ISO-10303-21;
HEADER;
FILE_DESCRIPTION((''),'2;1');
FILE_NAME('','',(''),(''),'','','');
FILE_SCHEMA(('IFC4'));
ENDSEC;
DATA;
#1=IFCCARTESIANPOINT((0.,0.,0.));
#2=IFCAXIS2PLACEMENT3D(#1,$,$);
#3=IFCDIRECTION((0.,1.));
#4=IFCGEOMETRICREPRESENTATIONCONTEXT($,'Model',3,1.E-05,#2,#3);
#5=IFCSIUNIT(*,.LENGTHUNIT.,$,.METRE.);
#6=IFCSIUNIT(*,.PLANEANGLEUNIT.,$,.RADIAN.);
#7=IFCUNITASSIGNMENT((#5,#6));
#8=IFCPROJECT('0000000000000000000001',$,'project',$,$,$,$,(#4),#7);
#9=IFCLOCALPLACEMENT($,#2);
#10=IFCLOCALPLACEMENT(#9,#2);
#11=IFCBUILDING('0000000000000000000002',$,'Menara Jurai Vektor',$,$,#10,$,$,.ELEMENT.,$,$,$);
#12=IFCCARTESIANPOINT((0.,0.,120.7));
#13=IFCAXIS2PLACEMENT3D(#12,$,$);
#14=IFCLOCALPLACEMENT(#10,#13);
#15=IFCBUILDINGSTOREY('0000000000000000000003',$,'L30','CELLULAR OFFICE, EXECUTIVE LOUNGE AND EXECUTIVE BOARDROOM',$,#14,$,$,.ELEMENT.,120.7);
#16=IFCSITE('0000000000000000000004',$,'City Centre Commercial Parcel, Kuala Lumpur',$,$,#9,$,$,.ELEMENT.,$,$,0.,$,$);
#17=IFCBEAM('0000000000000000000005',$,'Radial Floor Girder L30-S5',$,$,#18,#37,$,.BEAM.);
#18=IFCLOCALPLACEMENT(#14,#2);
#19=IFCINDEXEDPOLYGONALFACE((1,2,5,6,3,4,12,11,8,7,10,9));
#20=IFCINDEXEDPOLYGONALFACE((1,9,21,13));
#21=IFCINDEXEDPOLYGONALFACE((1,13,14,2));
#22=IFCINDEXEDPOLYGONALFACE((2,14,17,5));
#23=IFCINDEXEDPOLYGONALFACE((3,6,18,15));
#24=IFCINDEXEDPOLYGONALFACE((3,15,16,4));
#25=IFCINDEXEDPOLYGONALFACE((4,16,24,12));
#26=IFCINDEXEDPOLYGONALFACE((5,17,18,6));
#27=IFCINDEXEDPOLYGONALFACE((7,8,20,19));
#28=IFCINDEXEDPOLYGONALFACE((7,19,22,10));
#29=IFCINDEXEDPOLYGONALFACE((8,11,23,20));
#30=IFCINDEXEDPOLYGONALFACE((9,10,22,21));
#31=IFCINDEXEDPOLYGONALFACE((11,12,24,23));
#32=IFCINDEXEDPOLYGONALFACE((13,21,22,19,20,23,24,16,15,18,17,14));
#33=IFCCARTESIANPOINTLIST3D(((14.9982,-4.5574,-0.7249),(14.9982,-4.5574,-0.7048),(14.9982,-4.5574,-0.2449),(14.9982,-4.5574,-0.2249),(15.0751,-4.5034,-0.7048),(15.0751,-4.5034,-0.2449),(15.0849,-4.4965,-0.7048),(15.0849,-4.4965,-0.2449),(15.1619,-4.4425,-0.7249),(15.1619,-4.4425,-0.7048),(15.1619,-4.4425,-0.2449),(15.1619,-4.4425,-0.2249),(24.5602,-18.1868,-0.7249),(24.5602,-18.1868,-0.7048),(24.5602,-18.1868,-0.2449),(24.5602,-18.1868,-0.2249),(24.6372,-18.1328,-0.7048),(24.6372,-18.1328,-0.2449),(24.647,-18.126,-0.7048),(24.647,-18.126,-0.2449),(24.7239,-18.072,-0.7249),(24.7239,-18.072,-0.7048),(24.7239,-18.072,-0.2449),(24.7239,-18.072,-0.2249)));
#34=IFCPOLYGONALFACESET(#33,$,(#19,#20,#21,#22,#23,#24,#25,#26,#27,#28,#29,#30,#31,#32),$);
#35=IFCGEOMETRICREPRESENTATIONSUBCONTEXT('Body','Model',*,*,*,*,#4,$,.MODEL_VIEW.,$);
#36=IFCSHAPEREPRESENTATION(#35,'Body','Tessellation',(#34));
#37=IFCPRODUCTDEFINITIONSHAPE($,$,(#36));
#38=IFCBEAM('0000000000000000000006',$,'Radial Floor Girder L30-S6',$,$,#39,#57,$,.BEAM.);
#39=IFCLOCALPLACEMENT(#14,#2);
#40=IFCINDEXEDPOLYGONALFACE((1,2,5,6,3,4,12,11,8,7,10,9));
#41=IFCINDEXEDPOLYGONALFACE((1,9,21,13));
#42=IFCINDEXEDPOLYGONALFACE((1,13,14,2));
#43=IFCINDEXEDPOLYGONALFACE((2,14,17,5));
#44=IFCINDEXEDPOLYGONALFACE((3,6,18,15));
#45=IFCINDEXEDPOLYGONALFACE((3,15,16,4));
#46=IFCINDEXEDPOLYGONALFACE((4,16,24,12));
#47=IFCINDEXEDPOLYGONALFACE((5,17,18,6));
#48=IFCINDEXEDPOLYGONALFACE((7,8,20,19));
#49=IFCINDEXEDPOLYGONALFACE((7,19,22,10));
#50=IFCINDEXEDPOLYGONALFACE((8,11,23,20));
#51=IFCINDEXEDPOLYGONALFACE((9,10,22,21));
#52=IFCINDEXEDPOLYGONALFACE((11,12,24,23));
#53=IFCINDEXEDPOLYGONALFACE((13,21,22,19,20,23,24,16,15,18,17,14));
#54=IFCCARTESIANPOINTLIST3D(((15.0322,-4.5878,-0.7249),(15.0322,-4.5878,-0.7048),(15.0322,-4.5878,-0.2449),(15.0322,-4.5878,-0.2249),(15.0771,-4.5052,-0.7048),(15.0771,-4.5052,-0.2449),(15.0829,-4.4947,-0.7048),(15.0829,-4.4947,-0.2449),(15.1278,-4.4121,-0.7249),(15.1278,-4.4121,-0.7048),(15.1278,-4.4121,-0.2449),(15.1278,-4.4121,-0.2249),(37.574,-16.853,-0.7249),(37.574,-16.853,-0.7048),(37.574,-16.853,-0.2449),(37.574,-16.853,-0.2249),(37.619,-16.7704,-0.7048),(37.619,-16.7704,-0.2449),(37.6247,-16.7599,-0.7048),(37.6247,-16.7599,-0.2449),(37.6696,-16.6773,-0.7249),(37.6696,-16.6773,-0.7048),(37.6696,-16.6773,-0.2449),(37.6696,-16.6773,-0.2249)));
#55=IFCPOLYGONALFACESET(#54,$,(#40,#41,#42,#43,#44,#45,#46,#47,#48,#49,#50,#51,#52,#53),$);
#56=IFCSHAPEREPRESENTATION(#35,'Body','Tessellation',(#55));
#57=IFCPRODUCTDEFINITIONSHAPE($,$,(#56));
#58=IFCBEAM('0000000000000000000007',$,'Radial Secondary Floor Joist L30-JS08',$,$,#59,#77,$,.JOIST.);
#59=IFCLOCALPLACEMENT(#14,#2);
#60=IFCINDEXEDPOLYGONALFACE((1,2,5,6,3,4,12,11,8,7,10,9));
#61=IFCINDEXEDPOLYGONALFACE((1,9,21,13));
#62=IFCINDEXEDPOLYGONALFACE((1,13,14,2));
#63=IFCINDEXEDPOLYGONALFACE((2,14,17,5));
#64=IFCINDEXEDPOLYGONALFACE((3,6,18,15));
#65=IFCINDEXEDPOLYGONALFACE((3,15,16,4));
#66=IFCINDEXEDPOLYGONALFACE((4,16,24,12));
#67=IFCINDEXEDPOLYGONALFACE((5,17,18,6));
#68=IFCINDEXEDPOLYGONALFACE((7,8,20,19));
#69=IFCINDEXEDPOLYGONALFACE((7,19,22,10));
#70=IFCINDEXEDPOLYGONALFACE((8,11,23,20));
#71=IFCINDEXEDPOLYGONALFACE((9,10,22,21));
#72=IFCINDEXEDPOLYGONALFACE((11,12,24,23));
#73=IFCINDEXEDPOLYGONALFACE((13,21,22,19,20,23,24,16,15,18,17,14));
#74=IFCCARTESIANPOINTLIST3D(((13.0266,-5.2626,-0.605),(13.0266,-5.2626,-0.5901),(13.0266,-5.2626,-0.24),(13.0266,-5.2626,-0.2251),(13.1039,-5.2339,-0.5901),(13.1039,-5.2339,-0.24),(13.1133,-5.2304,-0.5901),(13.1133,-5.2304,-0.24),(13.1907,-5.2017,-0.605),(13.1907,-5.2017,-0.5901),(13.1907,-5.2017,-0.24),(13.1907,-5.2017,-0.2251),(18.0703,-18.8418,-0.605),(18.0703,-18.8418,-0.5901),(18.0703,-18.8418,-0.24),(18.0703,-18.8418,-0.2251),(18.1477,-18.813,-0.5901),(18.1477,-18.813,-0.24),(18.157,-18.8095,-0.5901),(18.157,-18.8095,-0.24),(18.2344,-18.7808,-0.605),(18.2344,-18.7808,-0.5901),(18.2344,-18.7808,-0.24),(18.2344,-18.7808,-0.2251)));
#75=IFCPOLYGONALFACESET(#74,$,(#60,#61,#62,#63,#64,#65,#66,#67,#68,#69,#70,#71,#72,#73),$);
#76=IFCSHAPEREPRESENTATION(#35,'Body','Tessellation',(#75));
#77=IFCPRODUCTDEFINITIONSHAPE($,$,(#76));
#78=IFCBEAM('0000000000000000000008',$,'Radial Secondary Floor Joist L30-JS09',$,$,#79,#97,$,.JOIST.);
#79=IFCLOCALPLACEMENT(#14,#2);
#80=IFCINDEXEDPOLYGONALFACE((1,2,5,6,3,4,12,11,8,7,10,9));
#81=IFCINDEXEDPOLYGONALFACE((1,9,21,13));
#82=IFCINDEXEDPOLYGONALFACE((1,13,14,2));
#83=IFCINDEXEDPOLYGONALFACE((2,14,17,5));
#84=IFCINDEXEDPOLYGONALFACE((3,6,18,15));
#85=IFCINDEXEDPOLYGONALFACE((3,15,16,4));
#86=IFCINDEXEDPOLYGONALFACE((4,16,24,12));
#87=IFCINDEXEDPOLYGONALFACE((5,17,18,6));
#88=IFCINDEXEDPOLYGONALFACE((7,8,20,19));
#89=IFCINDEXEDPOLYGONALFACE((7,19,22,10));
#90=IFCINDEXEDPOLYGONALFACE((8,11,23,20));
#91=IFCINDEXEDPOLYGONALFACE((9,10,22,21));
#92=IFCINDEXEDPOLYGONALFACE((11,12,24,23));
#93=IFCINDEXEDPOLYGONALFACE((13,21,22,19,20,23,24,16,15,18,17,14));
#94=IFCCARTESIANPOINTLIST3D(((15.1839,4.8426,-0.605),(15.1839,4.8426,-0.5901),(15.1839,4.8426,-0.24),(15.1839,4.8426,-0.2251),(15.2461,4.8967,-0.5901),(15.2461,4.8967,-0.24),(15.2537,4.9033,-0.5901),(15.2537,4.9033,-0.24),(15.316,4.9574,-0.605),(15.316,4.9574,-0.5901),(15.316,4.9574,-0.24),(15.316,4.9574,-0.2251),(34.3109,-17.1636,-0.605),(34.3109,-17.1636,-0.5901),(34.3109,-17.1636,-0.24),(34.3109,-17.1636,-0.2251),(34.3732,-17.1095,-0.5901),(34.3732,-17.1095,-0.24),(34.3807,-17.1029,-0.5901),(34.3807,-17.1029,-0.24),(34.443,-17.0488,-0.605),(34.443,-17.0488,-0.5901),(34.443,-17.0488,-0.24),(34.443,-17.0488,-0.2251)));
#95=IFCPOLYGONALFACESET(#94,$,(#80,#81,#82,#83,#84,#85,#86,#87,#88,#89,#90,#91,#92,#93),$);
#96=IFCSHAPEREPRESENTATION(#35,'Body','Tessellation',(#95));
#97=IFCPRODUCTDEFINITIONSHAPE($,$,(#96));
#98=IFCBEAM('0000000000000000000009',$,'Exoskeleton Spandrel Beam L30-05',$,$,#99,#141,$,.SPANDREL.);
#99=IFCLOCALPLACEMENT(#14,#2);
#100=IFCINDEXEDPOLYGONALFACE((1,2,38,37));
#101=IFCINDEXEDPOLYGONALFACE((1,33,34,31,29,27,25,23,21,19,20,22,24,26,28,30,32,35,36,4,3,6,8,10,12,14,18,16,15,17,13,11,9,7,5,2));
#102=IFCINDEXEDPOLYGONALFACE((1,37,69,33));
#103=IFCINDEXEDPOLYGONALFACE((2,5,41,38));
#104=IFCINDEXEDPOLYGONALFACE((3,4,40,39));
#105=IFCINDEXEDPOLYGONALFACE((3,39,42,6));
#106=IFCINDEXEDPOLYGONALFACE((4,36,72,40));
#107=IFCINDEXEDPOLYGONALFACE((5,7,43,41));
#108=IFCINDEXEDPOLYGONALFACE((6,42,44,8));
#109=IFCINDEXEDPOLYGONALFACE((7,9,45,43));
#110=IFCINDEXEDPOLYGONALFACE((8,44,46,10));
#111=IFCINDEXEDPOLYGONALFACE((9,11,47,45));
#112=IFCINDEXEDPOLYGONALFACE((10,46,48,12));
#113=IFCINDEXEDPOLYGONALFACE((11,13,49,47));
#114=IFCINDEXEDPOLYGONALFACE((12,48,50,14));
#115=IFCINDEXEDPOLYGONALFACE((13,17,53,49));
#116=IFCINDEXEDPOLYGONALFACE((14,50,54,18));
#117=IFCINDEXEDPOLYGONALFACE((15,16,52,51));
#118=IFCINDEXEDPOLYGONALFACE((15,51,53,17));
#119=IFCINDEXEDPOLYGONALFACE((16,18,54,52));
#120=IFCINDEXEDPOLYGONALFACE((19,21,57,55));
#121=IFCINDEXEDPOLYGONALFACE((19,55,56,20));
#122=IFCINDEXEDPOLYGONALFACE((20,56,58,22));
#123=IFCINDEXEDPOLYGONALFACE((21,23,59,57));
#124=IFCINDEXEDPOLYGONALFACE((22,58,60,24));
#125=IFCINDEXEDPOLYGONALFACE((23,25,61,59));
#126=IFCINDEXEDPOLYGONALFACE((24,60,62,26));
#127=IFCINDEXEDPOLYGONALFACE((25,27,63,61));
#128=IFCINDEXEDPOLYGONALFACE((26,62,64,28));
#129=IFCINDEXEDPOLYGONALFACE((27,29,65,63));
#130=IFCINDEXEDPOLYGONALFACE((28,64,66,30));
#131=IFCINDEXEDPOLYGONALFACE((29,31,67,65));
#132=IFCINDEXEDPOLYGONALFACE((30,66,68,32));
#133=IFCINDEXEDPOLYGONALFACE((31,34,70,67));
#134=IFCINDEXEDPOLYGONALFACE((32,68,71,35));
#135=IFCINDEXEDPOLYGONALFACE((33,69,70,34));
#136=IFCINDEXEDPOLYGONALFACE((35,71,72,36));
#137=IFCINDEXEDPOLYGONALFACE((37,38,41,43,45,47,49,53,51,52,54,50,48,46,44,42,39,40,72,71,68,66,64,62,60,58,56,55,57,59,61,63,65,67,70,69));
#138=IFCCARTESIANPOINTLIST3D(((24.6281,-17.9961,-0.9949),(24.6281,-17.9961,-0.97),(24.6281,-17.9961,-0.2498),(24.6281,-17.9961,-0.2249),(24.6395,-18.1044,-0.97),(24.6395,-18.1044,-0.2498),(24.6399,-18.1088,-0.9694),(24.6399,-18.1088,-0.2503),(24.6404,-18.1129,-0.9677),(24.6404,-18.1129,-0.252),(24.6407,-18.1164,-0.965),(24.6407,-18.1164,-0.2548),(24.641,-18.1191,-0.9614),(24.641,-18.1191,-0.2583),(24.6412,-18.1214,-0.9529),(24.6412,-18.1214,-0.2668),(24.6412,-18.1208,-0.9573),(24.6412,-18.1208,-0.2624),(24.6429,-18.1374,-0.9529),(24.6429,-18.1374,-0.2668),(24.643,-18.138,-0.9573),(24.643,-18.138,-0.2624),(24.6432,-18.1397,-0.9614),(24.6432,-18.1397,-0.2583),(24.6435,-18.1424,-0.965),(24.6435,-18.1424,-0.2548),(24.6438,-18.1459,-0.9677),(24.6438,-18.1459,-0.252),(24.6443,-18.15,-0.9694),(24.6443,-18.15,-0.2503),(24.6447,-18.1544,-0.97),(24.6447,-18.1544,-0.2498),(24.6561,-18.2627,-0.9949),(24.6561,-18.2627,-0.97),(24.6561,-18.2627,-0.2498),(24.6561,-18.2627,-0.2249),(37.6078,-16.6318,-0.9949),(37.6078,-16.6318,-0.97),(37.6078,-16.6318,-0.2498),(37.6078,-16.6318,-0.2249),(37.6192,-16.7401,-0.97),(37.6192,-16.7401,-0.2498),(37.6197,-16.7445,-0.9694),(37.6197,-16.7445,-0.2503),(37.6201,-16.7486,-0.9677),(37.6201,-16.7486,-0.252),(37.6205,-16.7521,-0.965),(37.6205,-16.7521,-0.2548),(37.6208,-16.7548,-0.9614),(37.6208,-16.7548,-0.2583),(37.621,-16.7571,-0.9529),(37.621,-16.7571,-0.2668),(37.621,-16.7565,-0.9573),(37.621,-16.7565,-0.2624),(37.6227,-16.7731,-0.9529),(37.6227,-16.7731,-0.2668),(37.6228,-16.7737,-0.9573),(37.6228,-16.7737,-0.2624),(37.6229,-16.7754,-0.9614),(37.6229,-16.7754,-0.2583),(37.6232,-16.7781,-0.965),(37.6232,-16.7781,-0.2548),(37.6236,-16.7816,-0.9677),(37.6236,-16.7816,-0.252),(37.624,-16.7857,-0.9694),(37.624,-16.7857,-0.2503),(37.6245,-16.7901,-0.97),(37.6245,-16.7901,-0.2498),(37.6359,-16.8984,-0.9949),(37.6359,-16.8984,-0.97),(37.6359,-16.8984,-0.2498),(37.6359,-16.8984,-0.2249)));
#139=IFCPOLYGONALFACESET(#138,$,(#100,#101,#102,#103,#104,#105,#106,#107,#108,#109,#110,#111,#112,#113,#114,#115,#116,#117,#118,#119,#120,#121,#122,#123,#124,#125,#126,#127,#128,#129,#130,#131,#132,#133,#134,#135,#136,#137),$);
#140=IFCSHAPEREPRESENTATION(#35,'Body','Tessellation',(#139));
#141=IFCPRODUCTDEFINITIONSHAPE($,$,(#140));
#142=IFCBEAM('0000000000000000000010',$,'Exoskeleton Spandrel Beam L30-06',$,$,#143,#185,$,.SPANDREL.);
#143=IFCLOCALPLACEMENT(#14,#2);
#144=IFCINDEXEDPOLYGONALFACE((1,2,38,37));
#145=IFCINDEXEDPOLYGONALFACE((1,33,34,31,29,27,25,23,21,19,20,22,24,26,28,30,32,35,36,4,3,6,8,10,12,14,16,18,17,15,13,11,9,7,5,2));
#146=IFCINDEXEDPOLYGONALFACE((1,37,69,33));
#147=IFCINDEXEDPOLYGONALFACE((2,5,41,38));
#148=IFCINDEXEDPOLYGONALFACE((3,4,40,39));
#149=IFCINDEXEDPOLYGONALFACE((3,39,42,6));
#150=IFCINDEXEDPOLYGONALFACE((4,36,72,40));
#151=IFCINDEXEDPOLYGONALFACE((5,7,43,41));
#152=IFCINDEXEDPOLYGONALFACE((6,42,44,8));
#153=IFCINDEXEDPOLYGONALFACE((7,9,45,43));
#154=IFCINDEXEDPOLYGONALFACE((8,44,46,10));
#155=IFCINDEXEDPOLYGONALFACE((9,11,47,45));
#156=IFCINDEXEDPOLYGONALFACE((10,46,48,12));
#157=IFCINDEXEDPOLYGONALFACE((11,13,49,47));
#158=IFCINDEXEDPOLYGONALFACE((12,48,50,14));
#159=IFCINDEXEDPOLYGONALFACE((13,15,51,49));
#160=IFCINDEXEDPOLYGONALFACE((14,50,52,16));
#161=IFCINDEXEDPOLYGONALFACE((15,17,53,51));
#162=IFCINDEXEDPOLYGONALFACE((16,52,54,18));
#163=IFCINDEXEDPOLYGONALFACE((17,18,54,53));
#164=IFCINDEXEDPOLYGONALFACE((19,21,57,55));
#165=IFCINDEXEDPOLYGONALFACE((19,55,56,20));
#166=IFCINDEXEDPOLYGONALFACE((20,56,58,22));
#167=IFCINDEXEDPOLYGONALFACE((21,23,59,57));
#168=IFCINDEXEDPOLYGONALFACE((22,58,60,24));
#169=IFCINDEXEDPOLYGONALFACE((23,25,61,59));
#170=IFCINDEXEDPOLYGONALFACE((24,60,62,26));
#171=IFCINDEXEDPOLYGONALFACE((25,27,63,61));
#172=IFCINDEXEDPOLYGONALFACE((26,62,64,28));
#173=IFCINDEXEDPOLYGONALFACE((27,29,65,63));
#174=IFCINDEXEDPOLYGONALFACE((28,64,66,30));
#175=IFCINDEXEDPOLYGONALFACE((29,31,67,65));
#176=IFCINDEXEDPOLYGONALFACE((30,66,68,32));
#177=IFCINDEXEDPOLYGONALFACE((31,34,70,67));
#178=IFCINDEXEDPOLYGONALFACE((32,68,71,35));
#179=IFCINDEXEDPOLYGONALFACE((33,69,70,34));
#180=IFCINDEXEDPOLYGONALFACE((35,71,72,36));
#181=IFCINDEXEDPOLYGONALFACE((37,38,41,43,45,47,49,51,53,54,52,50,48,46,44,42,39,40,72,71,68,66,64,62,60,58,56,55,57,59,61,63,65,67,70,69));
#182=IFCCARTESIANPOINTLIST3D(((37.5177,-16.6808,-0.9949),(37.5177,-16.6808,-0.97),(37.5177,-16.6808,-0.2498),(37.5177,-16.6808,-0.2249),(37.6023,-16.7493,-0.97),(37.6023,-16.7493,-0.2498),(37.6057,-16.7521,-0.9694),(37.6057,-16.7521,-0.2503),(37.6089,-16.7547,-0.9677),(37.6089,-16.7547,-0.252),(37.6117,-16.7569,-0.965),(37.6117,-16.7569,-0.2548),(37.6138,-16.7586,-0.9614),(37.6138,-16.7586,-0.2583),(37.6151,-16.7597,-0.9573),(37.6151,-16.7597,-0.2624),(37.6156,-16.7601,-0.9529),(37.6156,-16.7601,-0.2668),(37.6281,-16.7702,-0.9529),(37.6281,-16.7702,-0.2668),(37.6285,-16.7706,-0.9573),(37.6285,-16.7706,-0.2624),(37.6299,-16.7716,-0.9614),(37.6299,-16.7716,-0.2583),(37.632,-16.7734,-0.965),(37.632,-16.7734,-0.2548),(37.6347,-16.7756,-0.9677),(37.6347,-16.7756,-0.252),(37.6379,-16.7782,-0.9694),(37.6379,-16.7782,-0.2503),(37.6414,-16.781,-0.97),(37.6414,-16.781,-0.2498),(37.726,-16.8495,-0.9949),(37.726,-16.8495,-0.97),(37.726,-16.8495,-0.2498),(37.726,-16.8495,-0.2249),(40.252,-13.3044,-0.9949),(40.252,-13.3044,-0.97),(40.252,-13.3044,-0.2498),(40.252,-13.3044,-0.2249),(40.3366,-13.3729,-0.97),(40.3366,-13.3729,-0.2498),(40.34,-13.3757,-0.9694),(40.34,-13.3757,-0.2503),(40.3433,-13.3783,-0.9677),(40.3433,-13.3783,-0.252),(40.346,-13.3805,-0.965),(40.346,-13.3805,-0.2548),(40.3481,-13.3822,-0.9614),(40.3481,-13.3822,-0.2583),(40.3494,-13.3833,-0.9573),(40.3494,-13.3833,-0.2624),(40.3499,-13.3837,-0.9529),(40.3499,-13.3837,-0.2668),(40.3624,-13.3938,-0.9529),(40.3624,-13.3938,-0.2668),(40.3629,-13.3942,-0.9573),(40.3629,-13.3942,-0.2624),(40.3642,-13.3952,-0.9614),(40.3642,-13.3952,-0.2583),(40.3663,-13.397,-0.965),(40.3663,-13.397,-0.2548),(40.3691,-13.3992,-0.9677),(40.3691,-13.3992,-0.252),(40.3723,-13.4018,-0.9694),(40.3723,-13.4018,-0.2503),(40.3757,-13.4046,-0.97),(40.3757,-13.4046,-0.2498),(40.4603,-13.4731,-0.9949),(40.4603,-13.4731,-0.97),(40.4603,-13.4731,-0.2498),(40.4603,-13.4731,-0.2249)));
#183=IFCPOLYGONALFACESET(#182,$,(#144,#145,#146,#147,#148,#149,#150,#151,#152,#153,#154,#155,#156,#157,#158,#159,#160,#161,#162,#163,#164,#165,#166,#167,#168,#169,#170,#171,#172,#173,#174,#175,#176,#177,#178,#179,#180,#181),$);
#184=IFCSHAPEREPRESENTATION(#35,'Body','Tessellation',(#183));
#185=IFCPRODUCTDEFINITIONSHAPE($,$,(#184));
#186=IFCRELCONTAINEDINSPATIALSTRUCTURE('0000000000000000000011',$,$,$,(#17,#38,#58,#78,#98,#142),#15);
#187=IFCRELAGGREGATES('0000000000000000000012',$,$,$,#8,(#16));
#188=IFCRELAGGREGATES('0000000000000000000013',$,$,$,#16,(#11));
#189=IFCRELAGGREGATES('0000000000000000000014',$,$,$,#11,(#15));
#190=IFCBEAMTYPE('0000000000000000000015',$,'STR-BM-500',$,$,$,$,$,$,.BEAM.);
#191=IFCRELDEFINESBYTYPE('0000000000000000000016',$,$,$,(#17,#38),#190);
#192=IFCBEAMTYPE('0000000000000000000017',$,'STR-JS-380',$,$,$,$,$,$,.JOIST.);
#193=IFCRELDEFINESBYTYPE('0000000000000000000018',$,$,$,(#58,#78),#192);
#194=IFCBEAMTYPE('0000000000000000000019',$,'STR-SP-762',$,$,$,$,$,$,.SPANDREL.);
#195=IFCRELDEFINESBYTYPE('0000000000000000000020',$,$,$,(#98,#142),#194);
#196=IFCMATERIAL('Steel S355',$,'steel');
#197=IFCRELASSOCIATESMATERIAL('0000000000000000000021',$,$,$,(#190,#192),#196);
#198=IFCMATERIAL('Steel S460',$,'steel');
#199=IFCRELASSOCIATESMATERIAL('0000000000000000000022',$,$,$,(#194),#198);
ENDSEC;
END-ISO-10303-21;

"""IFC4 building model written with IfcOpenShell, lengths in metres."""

from ifc_helpers import new_model, si_unit, direction, frame, origin, origin_2d, place, context, subcontext, project, spatial, i_section, extrude, material, material_profile, profile_set, type_object, element, save


model = new_model("IFC4")

# Units and contexts
model_context = context("Model", 3, precision=1e-05, world=origin(), true_north=direction((0.0, 1.0)))
body_context = subcontext(model_context, "Body", "Model", "MODEL_VIEW")
ifc_project = project(units=[si_unit("LENGTHUNIT", "METRE"), si_unit("PLANEANGLEUNIT", "RADIAN")], contexts=[model_context])

# Site, building, storey
site_placement = place(None, origin())
site = spatial("IfcSite", under=ifc_project, at=site_placement, Name="City Centre Commercial Parcel, Kuala Lumpur", CompositionType="ELEMENT", RefElevation=0.0)
building_placement = place(site_placement, origin())
building = spatial("IfcBuilding", under=site, at=building_placement, Name="Menara Jurai Vektor", CompositionType="ELEMENT")
storey_placement = place(building_placement, frame((0.0, 0.0, 120.7)))
storey = spatial("IfcBuildingStorey", under=building, at=storey_placement, Name="L30", Description="CELLULAR OFFICE, EXECUTIVE LOUNGE AND EXECUTIVE BOARDROOM", CompositionType="ELEMENT", Elevation=120.7)

# Shared definitions
ifc_material_1 = material(Name="Steel S460", Category="steel")

# Beams
ifc_material_2 = material(Name="Steel S355", Category="steel")
ifc_material_profile_1 = material_profile(ifc_material_2, i_section(OverallWidth=0.2, OverallDepth=0.5, WebThickness=0.012, FlangeThickness=0.02, at=origin_2d()), Name="PG 500x200x96")
ifc_profile_set_1 = profile_set([ifc_material_profile_1], Name="Steel S355")
beam_type_1 = type_object("IfcBeamType", Name="STR-BM-500", PredefinedType="BEAM", material=ifc_profile_set_1)
beam_1_placement = place(storey_placement, frame((24.6421, -18.1294, -0.4749), z_axis=(-0.574326, 0.818627, 0.0), x_axis=(-0.818627, -0.574326, 0.0)))
element("IfcBeam", 1, at=beam_1_placement, inside=storey, type_object=beam_type_1, Name="Radial Floor Girder L30-S5", PredefinedType="BEAM", context=body_context, shape_type="SweptSolid", body=[
    extrude(i_section(OverallWidth=0.2, OverallDepth=0.5, WebThickness=0.012, FlangeThickness=0.02, at=origin_2d()), origin(), (0.0, 0.0, 1.0), 16.6492),
])
beam_2_placement = place(storey_placement, frame((37.6218, -16.7651, -0.4749), z_axis=(-0.878392, 0.47794, 0.0), x_axis=(-0.47794, -0.878392, 0.0)))
element("IfcBeam", 2, at=beam_2_placement, inside=storey, type_object=beam_type_1, Name="Radial Floor Girder L30-S6", PredefinedType="BEAM", context=body_context, shape_type="SweptSolid", body=[
    extrude(i_section(OverallWidth=0.2, OverallDepth=0.5, WebThickness=0.012, FlangeThickness=0.02, at=origin_2d()), origin(), (0.0, 0.0, 1.0), 25.6626),
])
ifc_material_profile_2 = material_profile(ifc_material_2, i_section(OverallWidth=0.175, OverallDepth=0.3799, WebThickness=0.01, FlangeThickness=0.0149, at=origin_2d()), Name="PG 380x175x58")
ifc_profile_set_2 = profile_set([ifc_material_profile_2], Name="Steel S355")
beam_type_2 = type_object("IfcBeamType", Name="STR-JS-380", PredefinedType="JOIST", material=ifc_profile_set_2)
beam_3_placement = place(storey_placement, frame((18.1523, -18.8113, -0.415), z_axis=(-0.348189, 0.937424, 0.0), x_axis=(-0.937424, -0.348189, 0.0)))
element("IfcBeam", 3, at=beam_3_placement, inside=storey, type_object=beam_type_2, Name="Radial Secondary Floor Joist L30-JS08", PredefinedType="JOIST", context=body_context, shape_type="SweptSolid", body=[
    extrude(i_section(OverallWidth=0.175, OverallDepth=0.3799, WebThickness=0.01, FlangeThickness=0.0149, at=origin_2d()), origin(), (0.0, 0.0, 1.0), 14.4856),
])
beam_4_placement = place(storey_placement, frame((34.377, -17.1062, -0.415), z_axis=(-0.656007, 0.754755, 0.0), x_axis=(-0.754755, -0.656007, 0.0)))
element("IfcBeam", 4, at=beam_4_placement, inside=storey, type_object=beam_type_2, Name="Radial Secondary Floor Joist L30-JS09", PredefinedType="JOIST", context=body_context, shape_type="SweptSolid", body=[
    extrude(i_section(OverallWidth=0.175, OverallDepth=0.3799, WebThickness=0.01, FlangeThickness=0.0149, at=origin_2d()), origin(), (0.0, 0.0, 1.0), 29.1567),
])
ifc_material_profile_3 = material_profile(ifc_material_1, i_section(OverallWidth=0.2681, OverallDepth=0.77, WebThickness=0.0161, FlangeThickness=0.0249, FilletRadius=0.0171, at=origin_2d()), Name="UKB 762x267x197")
ifc_profile_set_3 = profile_set([ifc_material_profile_3], Name="Steel S460")
beam_type_3 = type_object("IfcBeamType", Name="STR-SP-762", PredefinedType="SPANDREL", material=ifc_profile_set_3)
beam_5_placement = place(storey_placement, frame((24.6421, -18.1294, -0.6099), z_axis=(0.994522, 0.104531, 0.0), x_axis=(-0.104531, 0.994522, 0.0)))
element("IfcBeam", 5, at=beam_5_placement, inside=storey, type_object=beam_type_3, Name="Exoskeleton Spandrel Beam L30-05", PredefinedType="SPANDREL", context=body_context, shape_type="SweptSolid", body=[
    extrude(i_section(OverallWidth=0.2681, OverallDepth=0.77, WebThickness=0.0161, FlangeThickness=0.0249, FilletRadius=0.0171, at=origin_2d()), origin(), (0.0, 0.0, 1.0), 13.0513),
])
beam_6_placement = place(storey_placement, frame((37.6218, -16.7651, -0.6099), z_axis=(0.629344, 0.777127, 0.0), x_axis=(-0.777127, 0.629344, 0.0)))
element("IfcBeam", 6, at=beam_6_placement, inside=storey, type_object=beam_type_3, Name="Exoskeleton Spandrel Beam L30-06", PredefinedType="SPANDREL", context=body_context, shape_type="SweptSolid", body=[
    extrude(i_section(OverallWidth=0.2681, OverallDepth=0.77, WebThickness=0.0161, FlangeThickness=0.0249, FilletRadius=0.0171, at=origin_2d()), origin(), (0.0, 0.0, 1.0), 4.3447),
])

save(model, "model.ifc")
